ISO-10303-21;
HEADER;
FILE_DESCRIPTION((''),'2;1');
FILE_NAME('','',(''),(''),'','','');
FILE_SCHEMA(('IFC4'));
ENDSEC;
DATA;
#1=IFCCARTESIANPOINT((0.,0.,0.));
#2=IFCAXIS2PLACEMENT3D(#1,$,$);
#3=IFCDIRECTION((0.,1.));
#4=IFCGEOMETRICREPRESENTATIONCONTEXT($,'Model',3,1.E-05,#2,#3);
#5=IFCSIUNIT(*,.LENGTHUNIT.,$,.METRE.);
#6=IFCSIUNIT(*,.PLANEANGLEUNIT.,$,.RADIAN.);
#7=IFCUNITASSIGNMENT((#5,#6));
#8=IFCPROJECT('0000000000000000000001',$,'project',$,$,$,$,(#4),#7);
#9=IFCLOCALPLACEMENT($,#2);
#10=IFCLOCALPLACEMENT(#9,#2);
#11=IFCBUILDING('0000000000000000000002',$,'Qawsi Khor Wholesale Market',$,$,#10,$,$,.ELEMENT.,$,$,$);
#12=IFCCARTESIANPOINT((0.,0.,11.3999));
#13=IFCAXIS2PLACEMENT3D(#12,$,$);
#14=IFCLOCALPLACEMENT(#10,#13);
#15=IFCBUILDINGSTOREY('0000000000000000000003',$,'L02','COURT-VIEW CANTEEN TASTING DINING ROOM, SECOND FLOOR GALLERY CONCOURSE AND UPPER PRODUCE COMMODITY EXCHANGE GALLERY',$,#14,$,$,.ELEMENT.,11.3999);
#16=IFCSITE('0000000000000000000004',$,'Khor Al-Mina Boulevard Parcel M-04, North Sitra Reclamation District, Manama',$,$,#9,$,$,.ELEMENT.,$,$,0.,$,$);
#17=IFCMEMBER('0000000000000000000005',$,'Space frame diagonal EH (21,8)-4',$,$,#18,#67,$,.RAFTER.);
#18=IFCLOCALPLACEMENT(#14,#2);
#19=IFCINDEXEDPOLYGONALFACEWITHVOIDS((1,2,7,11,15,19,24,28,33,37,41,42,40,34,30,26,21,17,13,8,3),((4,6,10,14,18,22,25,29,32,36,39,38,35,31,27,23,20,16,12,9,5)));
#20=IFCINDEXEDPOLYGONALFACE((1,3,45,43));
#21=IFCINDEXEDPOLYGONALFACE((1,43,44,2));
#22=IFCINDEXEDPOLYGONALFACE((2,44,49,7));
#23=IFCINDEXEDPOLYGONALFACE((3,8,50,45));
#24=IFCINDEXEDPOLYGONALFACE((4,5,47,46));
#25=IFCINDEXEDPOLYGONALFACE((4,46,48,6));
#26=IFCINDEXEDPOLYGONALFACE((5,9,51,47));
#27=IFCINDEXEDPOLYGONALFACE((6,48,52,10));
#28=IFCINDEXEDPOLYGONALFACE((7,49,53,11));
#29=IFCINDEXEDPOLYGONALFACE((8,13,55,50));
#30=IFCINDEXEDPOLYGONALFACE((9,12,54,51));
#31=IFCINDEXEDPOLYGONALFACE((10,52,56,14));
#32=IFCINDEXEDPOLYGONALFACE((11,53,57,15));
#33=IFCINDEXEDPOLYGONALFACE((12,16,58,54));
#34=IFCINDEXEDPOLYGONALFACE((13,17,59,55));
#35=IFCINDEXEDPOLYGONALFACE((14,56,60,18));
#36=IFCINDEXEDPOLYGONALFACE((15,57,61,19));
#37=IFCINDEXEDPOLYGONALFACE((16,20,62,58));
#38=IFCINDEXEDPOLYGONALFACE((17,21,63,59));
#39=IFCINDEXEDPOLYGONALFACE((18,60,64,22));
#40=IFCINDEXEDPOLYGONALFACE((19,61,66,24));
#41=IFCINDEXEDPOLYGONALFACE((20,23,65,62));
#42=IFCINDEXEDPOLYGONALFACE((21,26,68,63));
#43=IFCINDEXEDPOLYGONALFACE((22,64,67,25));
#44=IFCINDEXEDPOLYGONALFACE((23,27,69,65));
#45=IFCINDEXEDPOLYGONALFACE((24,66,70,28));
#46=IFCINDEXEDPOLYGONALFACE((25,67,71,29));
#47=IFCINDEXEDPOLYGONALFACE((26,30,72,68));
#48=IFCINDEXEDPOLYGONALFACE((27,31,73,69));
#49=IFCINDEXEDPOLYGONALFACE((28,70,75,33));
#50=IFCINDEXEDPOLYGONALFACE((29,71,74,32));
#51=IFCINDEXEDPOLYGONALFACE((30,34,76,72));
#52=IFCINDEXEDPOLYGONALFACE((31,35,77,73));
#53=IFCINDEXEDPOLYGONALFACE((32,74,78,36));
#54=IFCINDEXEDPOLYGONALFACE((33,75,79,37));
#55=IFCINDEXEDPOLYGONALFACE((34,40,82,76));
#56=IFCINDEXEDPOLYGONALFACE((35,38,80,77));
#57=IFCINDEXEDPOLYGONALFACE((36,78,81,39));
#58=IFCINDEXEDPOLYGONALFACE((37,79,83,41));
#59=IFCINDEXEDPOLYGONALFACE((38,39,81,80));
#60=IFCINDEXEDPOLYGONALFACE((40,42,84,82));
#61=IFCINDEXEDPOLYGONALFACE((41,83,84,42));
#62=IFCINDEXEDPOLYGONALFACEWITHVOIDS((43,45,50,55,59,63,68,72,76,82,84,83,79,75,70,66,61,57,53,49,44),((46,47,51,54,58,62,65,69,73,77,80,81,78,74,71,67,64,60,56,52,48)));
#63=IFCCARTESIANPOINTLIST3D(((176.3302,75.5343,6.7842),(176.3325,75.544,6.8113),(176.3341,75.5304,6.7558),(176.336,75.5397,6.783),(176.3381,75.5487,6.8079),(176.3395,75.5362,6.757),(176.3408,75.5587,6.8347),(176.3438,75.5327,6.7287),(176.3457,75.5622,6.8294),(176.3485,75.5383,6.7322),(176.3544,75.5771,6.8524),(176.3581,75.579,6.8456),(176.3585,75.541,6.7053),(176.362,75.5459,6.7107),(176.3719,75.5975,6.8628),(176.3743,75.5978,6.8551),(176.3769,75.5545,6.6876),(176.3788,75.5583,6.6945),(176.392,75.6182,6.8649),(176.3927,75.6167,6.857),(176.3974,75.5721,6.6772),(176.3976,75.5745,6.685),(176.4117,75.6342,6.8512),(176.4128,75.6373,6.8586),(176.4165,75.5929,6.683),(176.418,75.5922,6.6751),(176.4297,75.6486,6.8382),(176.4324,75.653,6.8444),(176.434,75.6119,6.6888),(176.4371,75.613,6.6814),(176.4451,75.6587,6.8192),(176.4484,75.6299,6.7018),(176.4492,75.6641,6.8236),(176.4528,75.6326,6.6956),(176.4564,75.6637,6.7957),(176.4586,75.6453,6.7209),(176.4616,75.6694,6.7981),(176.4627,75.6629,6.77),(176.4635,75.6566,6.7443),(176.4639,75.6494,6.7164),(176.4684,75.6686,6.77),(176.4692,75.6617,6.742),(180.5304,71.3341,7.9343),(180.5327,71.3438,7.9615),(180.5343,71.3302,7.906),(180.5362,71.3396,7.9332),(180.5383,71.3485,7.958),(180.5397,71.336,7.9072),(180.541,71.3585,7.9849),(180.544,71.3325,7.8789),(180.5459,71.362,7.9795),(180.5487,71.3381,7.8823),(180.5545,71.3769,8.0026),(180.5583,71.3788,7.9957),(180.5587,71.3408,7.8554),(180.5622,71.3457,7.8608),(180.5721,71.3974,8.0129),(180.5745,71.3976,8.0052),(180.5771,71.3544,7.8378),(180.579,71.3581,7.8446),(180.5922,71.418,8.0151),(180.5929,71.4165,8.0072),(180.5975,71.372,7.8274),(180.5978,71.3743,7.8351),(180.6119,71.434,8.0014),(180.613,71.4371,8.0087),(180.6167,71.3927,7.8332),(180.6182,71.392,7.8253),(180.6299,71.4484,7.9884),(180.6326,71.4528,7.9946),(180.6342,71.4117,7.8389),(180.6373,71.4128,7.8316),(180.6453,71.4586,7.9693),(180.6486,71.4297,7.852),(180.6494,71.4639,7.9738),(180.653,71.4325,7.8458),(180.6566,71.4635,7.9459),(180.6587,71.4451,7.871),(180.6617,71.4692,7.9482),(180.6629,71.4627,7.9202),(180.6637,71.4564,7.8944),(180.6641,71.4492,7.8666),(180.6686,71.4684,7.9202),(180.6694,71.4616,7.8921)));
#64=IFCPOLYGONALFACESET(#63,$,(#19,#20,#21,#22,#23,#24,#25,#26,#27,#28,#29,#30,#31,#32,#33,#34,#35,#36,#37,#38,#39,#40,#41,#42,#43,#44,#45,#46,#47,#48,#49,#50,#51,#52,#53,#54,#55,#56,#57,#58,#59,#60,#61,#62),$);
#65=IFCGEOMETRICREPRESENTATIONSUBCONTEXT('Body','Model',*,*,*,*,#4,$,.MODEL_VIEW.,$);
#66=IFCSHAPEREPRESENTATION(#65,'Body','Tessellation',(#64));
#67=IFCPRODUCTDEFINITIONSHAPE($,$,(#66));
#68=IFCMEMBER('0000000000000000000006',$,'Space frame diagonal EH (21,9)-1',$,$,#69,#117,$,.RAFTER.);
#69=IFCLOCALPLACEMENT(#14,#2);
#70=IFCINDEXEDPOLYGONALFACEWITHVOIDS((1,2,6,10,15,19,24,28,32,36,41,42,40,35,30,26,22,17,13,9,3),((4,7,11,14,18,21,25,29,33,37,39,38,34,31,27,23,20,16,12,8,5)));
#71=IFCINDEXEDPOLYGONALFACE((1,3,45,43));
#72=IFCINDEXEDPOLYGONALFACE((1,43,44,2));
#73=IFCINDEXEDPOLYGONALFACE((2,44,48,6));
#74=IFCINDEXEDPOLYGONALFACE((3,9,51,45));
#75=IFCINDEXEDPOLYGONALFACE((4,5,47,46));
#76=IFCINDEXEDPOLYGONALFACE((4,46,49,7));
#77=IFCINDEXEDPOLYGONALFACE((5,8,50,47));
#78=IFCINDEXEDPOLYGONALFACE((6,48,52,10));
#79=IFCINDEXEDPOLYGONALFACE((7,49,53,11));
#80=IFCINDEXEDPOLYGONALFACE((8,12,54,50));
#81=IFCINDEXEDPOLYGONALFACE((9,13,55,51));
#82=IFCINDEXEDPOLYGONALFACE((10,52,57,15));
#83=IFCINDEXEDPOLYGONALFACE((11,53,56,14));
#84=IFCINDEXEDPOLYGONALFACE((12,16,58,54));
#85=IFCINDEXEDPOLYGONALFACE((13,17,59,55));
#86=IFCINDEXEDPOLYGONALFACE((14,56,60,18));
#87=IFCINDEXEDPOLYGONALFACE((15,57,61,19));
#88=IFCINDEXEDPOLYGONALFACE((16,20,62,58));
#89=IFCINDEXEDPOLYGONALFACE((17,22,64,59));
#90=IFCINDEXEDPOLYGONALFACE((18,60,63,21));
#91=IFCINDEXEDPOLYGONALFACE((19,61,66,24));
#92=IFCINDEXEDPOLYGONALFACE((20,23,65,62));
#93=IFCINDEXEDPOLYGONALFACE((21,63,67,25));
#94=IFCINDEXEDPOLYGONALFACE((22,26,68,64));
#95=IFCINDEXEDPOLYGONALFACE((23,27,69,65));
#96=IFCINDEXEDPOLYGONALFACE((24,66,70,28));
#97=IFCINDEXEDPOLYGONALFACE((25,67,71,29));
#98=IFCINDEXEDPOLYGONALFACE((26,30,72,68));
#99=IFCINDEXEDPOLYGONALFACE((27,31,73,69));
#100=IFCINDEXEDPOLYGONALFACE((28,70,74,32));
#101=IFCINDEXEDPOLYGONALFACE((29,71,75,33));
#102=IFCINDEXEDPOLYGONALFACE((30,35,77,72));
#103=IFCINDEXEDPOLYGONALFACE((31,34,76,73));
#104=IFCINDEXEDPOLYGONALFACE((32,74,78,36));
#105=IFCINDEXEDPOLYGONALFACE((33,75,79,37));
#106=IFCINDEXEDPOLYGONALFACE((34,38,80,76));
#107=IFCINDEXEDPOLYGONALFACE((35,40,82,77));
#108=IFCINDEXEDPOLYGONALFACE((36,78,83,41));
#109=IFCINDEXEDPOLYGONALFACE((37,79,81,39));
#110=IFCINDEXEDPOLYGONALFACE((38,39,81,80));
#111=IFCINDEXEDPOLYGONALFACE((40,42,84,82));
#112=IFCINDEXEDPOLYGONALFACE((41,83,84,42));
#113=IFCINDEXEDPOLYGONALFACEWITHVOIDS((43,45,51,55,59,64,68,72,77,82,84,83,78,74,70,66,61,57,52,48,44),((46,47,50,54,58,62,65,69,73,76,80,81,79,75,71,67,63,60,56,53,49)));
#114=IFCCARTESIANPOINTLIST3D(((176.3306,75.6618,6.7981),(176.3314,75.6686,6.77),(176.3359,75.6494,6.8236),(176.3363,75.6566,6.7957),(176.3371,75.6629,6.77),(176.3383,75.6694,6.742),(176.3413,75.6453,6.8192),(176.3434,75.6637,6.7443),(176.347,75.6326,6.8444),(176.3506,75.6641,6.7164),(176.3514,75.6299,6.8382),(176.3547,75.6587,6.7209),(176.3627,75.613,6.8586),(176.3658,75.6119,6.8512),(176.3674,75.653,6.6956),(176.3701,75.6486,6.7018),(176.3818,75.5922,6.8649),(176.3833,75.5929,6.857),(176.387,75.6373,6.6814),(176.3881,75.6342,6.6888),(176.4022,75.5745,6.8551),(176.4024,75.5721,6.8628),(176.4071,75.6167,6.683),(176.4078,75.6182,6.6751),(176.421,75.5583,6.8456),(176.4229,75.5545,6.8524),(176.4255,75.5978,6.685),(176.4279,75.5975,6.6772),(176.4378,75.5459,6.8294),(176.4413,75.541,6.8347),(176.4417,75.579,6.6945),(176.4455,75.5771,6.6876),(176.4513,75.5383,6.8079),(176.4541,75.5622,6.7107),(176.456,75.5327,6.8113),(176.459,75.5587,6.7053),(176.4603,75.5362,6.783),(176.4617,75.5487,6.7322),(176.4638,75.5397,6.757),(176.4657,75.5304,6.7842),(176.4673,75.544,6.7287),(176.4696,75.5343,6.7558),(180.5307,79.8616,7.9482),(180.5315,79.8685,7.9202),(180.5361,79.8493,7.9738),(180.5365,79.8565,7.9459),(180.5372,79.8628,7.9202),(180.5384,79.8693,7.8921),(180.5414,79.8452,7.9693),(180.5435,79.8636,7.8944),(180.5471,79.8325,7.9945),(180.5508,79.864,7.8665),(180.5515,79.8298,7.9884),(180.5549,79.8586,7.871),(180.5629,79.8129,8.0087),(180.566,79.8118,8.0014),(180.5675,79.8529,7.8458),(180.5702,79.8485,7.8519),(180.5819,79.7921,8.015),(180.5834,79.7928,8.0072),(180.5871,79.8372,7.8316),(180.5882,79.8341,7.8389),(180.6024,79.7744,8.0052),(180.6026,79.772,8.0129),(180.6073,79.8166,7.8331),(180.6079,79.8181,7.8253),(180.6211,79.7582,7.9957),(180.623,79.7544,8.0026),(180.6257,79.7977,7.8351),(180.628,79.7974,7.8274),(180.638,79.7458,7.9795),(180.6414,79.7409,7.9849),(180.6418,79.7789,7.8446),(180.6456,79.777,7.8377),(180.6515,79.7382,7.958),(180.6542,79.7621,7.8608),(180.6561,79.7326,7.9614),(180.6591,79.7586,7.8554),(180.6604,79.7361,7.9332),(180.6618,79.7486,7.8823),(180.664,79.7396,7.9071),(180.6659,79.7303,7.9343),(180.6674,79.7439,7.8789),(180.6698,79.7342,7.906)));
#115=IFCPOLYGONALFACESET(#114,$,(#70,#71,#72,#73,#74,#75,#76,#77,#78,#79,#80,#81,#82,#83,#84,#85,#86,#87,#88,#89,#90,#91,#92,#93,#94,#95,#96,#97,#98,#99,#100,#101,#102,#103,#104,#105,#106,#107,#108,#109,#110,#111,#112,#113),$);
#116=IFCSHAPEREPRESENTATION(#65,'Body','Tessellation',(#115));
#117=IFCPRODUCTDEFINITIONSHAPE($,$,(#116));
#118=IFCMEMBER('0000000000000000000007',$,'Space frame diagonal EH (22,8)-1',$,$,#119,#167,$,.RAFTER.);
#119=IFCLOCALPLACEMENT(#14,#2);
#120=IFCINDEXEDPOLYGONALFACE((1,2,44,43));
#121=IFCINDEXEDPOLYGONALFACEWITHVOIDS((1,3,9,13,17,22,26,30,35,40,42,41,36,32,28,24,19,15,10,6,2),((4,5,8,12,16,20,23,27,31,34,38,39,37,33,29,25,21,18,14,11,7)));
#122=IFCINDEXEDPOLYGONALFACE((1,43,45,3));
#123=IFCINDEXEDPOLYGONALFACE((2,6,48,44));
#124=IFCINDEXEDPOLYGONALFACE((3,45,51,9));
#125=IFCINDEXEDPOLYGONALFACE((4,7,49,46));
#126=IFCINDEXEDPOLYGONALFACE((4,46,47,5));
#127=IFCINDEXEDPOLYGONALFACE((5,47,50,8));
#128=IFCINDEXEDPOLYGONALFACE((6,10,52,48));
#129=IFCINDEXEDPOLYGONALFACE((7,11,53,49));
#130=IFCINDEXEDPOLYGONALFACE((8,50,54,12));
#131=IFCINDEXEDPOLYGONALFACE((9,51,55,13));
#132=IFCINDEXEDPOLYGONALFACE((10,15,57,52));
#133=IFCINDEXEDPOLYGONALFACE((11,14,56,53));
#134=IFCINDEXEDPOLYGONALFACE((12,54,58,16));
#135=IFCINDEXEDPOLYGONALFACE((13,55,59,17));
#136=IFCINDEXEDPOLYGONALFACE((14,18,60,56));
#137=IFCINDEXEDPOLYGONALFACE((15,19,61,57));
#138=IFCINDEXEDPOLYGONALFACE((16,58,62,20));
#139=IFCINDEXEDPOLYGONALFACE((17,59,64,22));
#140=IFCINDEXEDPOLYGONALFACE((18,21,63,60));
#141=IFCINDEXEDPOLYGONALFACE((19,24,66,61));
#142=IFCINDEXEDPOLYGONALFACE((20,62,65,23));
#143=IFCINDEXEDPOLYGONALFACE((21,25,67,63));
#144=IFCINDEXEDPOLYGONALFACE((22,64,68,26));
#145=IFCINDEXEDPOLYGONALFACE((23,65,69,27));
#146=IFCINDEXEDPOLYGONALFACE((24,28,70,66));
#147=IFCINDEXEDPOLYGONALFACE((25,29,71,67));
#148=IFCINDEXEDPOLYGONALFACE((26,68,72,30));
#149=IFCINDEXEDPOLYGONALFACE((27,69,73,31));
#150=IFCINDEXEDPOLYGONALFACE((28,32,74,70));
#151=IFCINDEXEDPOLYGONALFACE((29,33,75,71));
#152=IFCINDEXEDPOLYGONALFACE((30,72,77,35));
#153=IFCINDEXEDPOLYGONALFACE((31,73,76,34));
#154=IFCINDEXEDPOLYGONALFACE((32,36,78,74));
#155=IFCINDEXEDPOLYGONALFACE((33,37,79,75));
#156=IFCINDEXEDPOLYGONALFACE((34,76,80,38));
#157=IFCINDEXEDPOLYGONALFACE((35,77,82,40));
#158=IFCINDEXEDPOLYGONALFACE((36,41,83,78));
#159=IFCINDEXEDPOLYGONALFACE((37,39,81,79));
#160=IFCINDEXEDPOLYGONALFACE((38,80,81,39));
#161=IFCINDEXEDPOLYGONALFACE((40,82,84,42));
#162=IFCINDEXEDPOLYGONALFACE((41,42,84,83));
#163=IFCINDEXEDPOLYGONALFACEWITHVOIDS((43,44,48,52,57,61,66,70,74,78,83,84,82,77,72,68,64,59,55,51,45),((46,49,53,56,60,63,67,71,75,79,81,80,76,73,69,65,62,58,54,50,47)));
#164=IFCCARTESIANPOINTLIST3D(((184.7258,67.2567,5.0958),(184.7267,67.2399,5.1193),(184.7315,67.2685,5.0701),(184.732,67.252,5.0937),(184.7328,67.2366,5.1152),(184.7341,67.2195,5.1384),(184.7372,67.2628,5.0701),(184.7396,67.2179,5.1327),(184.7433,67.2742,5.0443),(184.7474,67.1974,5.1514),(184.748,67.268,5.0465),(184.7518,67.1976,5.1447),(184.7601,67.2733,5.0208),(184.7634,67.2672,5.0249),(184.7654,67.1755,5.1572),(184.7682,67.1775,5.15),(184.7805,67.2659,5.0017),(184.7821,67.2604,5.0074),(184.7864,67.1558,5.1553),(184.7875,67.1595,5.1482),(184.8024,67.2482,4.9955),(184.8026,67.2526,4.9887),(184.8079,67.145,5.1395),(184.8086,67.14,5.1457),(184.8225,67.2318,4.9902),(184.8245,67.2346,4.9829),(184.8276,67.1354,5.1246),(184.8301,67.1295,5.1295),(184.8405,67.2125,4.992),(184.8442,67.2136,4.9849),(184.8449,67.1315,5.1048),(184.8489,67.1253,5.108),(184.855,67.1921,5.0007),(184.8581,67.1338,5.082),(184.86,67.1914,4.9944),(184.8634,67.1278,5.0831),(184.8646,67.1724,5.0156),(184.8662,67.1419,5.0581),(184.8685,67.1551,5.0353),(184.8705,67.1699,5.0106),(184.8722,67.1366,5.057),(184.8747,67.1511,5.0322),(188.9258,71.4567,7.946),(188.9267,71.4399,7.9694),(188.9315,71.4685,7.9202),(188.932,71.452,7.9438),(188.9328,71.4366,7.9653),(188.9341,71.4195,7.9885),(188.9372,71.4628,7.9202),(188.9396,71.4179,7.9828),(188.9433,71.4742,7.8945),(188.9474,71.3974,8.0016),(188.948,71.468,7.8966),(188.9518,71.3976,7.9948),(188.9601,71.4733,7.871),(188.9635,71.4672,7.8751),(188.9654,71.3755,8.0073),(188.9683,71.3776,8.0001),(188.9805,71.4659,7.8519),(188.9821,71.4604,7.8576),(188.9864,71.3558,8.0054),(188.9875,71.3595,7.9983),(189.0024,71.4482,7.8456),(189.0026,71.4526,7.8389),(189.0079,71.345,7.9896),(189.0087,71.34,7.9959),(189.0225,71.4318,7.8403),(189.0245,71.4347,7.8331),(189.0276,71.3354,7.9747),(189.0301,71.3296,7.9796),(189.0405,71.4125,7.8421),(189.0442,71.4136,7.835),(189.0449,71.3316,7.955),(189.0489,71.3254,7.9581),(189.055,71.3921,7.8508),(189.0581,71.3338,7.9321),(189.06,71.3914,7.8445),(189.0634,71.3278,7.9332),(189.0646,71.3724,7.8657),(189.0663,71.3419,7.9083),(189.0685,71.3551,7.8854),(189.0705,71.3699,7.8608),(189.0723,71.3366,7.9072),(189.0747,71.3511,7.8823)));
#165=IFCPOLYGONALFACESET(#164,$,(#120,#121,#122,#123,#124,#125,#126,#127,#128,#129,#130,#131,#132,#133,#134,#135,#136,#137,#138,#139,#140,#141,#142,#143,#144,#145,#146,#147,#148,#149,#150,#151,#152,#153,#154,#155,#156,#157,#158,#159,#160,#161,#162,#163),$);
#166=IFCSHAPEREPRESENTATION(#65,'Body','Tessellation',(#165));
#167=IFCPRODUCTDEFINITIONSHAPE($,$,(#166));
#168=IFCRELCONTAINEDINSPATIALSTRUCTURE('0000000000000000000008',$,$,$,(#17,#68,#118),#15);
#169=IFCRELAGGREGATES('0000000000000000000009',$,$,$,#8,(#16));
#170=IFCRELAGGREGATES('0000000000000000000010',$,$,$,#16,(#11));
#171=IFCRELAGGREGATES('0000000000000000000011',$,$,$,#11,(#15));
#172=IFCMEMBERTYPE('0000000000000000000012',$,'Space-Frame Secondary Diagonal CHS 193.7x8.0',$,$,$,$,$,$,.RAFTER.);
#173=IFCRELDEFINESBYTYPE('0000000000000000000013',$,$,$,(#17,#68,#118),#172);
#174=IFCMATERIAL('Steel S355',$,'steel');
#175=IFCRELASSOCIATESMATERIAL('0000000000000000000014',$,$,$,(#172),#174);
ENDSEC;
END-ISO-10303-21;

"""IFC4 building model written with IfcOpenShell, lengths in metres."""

from ifc_helpers import new_model, si_unit, direction, frame, origin, origin_2d, place, context, subcontext, project, spatial, hollow_circle, extrude, material, material_profile, profile_set, type_object, element, save


model = new_model("IFC4")

# Units and contexts
model_context = context("Model", 3, precision=1e-05, world=origin(), true_north=direction((0.0, 1.0)))
body_context = subcontext(model_context, "Body", "Model", "MODEL_VIEW")
ifc_project = project(units=[si_unit("LENGTHUNIT", "METRE"), si_unit("PLANEANGLEUNIT", "RADIAN")], contexts=[model_context])

# Site, building, storey
site_placement = place(None, origin())
site = spatial("IfcSite", under=ifc_project, at=site_placement, Name="Khor Al-Mina Boulevard Parcel M-04, North Sitra Reclamation District, Manama", CompositionType="ELEMENT", RefElevation=0.0)
building_placement = place(site_placement, origin())
building = spatial("IfcBuilding", under=site, at=building_placement, Name="Qawsi Khor Wholesale Market", CompositionType="ELEMENT")
storey_placement = place(building_placement, frame((0.0, 0.0, 11.3999)))
storey = spatial("IfcBuildingStorey", under=building, at=storey_placement, Name="L02", Description="COURT-VIEW CANTEEN TASTING DINING ROOM, SECOND FLOOR GALLERY CONCOURSE AND UPPER PRODUCE COMMODITY EXCHANGE GALLERY", CompositionType="ELEMENT", Elevation=11.3999)

# Members
ifc_material_1 = material(Name="Steel S355", Category="steel")
ifc_material_profile_1 = material_profile(ifc_material_1, hollow_circle(Radius=0.0969, WallThickness=0.0081, at=origin_2d()), Name="CHS 193.7x8.0")
ifc_profile_set_1 = profile_set([ifc_material_profile_1], Name="Steel S355")
member_type_1 = type_object("IfcMemberType", Name="Space-Frame Secondary Diagonal CHS 193.7x8.0", PredefinedType="RAFTER", material=ifc_profile_set_1)
member_1_placement = place(storey_placement, frame((176.3999, 75.6001, 6.77), z_axis=(0.694213, -0.694213, 0.190097), x_axis=(0.707107, 0.707107, 0.0)))
element("IfcMember", 1, at=member_1_placement, inside=storey, type_object=member_type_1, Name="Space frame diagonal EH (21,8)-4", PredefinedType="RAFTER", context=body_context, shape_type="SweptSolid", body=[
    extrude(hollow_circle(Radius=0.0969, WallThickness=0.0081, at=origin_2d()), origin(), (0.0, 0.0, 1.0), 6.0503),
])
member_2_placement = place(storey_placement, frame((176.3999, 75.6001, 6.77), z_axis=(0.694232, 0.694192, 0.190103), x_axis=(-0.707086, 0.707127, 0.0)))
element("IfcMember", 2, at=member_2_placement, inside=storey, type_object=member_type_1, Name="Space frame diagonal EH (21,9)-1", PredefinedType="RAFTER", context=body_context, shape_type="SweptSolid", body=[
    extrude(hollow_circle(Radius=0.0969, WallThickness=0.0081, at=origin_2d()), origin(), (0.0, 0.0, 1.0), 6.05),
])
member_3_placement = place(storey_placement, frame((184.8, 67.2, 5.0701), z_axis=(0.637512, 0.637512, 0.432617), x_axis=(-0.707107, 0.707107, 0.0)))
element("IfcMember", 3, at=member_3_placement, inside=storey, type_object=member_type_1, Name="Space frame diagonal EH (22,8)-1", PredefinedType="RAFTER", context=body_context, shape_type="SweptSolid", body=[
    extrude(hollow_circle(Radius=0.0969, WallThickness=0.0081, at=origin_2d()), origin(), (0.0, 0.0, 1.0), 6.5881),
])

save(model, "model.ifc")
